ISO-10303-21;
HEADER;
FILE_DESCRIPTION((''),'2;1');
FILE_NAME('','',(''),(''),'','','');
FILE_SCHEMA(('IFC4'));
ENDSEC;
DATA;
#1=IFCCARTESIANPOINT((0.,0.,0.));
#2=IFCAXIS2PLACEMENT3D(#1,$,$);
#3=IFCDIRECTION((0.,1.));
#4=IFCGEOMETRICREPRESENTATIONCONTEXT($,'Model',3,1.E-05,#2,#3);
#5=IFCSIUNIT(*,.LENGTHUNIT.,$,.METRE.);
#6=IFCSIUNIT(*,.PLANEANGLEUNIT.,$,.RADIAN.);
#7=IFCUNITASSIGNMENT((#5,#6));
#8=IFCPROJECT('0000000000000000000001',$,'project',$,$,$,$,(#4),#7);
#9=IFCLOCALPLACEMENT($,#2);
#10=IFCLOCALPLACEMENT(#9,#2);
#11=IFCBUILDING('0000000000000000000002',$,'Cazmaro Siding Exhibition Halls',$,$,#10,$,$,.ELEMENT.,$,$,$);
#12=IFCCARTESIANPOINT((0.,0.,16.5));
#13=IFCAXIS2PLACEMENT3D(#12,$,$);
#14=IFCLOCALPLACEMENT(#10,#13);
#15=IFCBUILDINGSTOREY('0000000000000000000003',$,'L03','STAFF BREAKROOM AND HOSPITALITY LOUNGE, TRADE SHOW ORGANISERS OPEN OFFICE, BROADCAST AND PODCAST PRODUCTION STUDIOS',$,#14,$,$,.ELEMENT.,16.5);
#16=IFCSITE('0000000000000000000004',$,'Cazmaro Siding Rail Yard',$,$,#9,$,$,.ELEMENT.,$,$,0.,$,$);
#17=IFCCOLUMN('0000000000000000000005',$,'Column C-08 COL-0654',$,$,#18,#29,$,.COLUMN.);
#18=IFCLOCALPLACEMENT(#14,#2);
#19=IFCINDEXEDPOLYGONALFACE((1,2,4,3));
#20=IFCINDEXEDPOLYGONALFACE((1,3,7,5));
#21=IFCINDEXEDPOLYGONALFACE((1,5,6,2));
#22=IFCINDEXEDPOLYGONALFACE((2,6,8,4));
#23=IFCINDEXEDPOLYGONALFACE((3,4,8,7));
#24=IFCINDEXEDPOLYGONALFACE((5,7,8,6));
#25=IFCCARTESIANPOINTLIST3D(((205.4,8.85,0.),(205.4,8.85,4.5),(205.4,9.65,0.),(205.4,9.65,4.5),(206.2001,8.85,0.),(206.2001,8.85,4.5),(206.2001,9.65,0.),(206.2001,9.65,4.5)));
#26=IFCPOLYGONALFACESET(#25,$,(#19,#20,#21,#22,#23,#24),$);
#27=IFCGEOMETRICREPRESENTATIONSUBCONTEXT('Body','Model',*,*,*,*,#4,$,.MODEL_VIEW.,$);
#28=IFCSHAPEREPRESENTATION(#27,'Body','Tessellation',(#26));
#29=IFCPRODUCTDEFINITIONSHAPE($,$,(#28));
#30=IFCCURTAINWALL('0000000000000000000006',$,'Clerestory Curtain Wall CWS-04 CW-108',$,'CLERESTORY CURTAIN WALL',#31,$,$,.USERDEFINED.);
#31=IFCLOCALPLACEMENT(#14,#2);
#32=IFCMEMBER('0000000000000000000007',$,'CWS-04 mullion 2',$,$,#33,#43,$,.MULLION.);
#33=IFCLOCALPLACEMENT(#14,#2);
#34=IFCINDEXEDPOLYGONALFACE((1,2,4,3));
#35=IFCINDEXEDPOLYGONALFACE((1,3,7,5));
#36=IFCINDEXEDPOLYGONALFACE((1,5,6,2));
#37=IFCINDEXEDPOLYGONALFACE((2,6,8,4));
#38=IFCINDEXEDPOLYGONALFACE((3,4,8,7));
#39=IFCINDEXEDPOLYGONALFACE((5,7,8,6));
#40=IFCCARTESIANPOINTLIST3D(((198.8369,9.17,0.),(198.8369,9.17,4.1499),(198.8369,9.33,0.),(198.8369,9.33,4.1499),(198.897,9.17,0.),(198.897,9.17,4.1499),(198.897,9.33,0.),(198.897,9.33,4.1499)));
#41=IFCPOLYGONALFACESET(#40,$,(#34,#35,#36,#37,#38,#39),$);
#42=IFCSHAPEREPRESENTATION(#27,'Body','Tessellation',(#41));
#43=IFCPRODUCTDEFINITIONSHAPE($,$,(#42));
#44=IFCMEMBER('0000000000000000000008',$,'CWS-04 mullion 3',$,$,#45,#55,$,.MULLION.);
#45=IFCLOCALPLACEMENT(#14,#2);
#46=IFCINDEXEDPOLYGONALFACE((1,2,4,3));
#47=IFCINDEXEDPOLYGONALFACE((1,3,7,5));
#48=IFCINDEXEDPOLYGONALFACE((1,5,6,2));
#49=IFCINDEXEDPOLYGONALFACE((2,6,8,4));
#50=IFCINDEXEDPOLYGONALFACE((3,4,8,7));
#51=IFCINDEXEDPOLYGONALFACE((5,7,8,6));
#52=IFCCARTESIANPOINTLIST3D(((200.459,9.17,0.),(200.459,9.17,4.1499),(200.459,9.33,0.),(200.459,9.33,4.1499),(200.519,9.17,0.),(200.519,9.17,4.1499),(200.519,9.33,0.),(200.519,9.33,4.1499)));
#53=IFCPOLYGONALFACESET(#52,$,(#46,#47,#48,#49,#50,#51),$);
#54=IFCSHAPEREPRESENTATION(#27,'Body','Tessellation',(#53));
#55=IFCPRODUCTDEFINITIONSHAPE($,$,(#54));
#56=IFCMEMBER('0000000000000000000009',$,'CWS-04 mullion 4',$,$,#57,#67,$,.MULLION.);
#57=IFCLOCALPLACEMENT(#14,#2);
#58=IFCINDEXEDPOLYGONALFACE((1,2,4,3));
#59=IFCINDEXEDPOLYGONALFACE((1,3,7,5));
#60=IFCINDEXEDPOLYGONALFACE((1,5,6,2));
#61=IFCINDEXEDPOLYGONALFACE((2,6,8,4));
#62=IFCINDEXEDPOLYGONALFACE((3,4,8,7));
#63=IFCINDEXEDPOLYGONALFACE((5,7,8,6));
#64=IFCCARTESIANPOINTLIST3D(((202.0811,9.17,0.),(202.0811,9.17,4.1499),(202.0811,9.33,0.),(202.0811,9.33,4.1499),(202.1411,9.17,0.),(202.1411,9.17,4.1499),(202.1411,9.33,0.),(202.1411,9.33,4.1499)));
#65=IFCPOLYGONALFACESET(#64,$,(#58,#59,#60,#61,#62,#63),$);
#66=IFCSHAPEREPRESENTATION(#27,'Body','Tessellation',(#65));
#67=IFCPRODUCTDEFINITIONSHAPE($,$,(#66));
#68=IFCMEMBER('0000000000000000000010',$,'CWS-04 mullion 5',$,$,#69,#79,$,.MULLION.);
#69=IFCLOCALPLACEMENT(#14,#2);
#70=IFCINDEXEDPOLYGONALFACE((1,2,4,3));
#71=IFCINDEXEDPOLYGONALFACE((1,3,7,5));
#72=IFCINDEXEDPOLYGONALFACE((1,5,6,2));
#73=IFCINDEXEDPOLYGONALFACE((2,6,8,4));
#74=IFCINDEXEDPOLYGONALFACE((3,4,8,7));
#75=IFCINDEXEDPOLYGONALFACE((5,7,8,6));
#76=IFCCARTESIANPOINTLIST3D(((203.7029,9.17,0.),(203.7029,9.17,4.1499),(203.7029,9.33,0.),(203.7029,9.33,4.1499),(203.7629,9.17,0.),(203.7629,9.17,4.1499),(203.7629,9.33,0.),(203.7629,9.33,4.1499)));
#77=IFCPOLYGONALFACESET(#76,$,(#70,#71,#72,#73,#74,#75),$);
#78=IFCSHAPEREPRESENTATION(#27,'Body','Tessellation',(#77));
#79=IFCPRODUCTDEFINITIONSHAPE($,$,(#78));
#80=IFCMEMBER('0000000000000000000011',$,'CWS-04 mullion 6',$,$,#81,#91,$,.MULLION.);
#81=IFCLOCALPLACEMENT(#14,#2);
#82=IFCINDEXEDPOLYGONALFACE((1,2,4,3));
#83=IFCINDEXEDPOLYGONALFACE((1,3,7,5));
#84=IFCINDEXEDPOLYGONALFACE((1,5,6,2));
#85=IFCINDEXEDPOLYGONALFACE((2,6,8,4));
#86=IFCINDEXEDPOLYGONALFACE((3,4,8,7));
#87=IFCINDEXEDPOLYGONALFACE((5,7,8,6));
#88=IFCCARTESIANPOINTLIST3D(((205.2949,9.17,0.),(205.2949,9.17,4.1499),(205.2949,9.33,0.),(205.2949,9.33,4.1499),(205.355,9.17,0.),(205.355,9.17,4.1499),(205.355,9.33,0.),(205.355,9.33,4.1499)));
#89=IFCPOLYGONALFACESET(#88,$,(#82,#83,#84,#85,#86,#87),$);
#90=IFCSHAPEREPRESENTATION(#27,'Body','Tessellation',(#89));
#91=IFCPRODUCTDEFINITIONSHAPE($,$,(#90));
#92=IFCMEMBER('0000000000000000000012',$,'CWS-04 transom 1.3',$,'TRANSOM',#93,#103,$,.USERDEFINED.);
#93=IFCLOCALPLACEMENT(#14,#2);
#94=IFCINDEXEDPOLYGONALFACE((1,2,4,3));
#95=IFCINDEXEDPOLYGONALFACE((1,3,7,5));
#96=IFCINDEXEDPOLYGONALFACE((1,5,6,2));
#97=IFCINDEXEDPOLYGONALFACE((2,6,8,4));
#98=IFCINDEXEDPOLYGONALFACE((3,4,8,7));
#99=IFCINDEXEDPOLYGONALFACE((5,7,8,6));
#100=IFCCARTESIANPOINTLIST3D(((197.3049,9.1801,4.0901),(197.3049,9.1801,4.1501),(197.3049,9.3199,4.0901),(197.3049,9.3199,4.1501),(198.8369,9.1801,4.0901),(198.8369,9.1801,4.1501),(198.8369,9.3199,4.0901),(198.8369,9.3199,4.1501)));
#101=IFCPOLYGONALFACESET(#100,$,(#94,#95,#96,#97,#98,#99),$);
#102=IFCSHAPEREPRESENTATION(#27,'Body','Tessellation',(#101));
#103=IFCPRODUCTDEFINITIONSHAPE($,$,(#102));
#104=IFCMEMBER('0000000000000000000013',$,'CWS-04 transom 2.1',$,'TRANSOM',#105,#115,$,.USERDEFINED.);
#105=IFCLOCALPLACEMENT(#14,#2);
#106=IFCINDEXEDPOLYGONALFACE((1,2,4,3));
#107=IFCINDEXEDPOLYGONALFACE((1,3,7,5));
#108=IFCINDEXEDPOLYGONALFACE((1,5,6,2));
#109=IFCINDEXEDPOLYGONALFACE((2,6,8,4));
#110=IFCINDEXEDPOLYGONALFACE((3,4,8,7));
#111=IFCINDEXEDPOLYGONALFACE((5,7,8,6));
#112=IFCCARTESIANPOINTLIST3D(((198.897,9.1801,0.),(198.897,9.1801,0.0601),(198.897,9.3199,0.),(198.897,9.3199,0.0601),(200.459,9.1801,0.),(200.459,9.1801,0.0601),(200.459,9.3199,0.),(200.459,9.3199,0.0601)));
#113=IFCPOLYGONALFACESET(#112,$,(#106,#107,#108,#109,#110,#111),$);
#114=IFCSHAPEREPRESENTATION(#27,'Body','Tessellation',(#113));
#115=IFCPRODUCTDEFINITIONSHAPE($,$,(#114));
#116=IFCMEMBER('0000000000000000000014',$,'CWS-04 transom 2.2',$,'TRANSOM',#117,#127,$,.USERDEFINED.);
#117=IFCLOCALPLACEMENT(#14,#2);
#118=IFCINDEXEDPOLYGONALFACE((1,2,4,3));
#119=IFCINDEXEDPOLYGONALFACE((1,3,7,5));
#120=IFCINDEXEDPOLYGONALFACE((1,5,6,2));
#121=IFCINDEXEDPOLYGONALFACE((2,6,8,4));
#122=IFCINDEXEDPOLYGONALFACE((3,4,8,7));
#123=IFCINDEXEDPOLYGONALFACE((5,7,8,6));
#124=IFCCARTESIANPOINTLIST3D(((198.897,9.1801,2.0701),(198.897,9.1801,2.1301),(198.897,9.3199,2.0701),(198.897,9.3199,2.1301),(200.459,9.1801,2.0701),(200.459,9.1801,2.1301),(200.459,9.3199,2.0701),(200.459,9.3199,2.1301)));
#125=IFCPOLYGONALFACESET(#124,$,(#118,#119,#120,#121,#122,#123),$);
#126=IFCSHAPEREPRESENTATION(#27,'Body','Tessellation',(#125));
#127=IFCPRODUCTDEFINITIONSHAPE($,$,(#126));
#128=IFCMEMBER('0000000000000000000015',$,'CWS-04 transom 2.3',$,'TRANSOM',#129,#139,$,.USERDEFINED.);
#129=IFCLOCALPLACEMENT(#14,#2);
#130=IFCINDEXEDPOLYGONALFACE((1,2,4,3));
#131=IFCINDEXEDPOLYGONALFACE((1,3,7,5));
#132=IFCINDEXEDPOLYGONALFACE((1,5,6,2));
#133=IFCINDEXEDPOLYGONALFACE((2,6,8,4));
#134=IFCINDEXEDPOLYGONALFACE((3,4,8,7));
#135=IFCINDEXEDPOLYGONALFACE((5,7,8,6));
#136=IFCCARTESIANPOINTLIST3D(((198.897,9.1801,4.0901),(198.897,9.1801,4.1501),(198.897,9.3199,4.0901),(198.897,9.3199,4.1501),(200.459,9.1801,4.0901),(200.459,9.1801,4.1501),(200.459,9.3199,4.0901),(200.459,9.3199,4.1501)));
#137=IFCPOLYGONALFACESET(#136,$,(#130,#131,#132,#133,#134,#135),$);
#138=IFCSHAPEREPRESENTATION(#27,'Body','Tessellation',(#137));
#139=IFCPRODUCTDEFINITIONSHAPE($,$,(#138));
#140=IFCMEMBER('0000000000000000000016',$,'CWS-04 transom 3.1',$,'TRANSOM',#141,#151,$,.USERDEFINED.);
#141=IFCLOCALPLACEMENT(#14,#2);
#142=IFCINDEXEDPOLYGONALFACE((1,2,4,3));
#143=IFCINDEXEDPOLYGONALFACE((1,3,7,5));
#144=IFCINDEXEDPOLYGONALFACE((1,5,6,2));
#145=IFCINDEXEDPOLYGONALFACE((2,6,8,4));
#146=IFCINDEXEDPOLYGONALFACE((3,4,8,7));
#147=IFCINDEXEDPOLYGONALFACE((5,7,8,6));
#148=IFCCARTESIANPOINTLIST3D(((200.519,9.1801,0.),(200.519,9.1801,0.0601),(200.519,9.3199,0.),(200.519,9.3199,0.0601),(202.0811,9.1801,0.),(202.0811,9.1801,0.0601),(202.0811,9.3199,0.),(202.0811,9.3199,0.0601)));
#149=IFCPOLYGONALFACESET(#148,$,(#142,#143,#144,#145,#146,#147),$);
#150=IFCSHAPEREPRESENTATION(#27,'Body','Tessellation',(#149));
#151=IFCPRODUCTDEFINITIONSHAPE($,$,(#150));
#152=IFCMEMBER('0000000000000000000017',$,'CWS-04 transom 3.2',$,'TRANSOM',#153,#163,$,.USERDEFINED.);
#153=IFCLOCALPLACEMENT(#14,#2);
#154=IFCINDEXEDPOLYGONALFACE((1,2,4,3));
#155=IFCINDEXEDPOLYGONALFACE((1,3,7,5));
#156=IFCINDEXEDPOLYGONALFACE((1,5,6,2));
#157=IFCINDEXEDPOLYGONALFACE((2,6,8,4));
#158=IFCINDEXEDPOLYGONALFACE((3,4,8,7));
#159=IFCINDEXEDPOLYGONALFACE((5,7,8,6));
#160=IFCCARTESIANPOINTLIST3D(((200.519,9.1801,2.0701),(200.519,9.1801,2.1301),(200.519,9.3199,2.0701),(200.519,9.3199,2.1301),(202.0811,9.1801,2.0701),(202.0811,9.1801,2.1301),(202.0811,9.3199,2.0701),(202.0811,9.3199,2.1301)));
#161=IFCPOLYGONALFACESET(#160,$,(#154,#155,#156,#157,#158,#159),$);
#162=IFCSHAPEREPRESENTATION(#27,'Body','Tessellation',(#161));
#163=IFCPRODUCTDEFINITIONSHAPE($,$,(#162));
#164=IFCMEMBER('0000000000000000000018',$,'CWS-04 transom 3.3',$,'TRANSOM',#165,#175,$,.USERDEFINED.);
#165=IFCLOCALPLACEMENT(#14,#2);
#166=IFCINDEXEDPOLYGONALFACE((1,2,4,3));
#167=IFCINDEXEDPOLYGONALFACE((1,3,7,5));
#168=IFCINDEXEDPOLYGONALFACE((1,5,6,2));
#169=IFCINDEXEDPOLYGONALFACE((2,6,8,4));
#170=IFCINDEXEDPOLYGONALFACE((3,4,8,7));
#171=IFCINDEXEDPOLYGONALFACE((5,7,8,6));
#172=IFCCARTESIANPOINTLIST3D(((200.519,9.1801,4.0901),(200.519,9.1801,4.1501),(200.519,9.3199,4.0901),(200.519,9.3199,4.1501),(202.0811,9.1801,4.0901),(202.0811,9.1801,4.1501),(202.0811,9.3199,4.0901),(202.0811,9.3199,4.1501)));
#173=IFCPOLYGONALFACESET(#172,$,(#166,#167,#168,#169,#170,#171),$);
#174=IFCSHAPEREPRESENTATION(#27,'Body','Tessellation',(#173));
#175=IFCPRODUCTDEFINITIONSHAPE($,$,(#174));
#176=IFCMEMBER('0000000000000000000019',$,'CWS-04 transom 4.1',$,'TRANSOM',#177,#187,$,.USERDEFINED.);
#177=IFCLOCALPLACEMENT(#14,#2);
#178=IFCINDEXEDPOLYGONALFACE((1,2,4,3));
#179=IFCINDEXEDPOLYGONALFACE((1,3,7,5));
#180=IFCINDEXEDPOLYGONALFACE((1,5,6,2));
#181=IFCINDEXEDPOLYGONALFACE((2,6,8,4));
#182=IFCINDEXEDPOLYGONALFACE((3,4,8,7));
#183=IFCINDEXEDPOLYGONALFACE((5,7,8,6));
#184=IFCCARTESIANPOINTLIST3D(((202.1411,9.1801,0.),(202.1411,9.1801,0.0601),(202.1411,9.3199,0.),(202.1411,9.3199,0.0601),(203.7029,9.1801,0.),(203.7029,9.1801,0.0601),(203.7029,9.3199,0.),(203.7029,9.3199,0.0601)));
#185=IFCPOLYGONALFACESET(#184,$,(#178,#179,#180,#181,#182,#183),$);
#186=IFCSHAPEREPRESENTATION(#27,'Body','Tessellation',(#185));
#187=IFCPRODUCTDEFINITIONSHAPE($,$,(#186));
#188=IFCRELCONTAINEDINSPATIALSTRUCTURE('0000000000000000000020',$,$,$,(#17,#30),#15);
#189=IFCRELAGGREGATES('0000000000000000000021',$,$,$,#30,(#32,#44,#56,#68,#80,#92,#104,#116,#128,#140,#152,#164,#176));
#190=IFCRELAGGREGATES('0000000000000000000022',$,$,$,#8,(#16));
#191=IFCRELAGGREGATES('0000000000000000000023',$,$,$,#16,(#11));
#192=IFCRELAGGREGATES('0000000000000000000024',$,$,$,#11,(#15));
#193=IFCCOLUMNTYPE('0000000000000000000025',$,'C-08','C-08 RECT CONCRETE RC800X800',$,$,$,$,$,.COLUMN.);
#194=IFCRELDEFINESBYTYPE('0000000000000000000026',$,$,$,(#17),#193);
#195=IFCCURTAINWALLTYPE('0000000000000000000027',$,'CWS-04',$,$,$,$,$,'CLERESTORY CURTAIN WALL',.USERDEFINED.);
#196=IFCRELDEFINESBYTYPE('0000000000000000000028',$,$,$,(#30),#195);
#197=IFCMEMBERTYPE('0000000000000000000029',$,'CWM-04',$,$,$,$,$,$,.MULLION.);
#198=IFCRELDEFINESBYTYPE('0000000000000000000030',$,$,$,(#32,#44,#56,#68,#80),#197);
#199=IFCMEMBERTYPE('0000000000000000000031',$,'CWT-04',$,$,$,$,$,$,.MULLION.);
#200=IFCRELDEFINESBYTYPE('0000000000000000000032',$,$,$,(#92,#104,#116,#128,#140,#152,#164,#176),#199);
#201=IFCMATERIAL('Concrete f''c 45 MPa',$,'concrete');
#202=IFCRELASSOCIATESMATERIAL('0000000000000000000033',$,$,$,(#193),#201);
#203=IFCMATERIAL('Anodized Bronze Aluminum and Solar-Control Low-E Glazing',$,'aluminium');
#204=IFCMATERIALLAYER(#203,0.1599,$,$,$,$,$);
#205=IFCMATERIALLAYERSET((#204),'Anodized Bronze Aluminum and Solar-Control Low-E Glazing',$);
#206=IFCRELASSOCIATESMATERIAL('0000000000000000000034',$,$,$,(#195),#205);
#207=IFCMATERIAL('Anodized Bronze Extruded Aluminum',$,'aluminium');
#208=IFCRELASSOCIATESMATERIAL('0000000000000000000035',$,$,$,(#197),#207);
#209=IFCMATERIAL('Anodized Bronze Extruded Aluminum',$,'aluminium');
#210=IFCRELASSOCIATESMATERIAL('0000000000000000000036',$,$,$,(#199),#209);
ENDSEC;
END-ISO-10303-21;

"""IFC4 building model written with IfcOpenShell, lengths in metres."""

from ifc_helpers import new_model, si_unit, direction, frame, origin, origin_2d, place, context, subcontext, project, spatial, rectangle, extrude, material, layer, layer_set, material_profile, profile_set, type_object, element, aggregate, save


model = new_model("IFC4")

# Units and contexts
model_context = context("Model", 3, precision=1e-05, world=origin(), true_north=direction((0.0, 1.0)))
body_context = subcontext(model_context, "Body", "Model", "MODEL_VIEW")
ifc_project = project(units=[si_unit("LENGTHUNIT", "METRE"), si_unit("PLANEANGLEUNIT", "RADIAN")], contexts=[model_context])

# Site, building, storey
site_placement = place(None, origin())
site = spatial("IfcSite", under=ifc_project, at=site_placement, Name="Cazmaro Siding Rail Yard", CompositionType="ELEMENT", RefElevation=0.0)
building_placement = place(site_placement, origin())
building = spatial("IfcBuilding", under=site, at=building_placement, Name="Cazmaro Siding Exhibition Halls", CompositionType="ELEMENT")
storey_placement = place(building_placement, frame((0.0, 0.0, 16.5)))
storey = spatial("IfcBuildingStorey", under=building, at=storey_placement, Name="L03", Description="STAFF BREAKROOM AND HOSPITALITY LOUNGE, TRADE SHOW ORGANISERS OPEN OFFICE, BROADCAST AND PODCAST PRODUCTION STUDIOS", CompositionType="ELEMENT", Elevation=16.5)

# Column
ifc_material_1 = material(Name="Concrete f'c 45 MPa", Category="concrete")
ifc_material_profile_1 = material_profile(ifc_material_1, rectangle(XDim=0.8, YDim=0.8, at=origin_2d()), Name="RC800X800")
ifc_profile_set_1 = profile_set([ifc_material_profile_1], Name="Concrete f'c 45 MPa")
column_type = type_object("IfcColumnType", Name="C-08", Description="C-08 RECT CONCRETE RC800X800", PredefinedType="COLUMN", material=ifc_profile_set_1)
column_placement = place(storey_placement, frame((205.8, 9.25, 0.0), z_axis=(0.0, 0.0, 1.0), x_axis=(1.0, 0.0, 0.0)))
element("IfcColumn", 1, at=column_placement, inside=storey, type_object=column_type, Name="Column C-08 COL-0654", PredefinedType="COLUMN", context=body_context, shape_type="SweptSolid", body=[
    extrude(rectangle(XDim=0.8, YDim=0.8, at=origin_2d()), origin(), (0.0, 0.0, 1.0), 4.5),
])

# Curtain wall, members
ifc_material_2 = material(Name="Anodized Bronze Aluminum and Solar-Control Low-E Glazing", Category="aluminium")
ifc_layer_1 = layer(ifc_material_2, 0.1599)
ifc_layer_set_1 = layer_set([ifc_layer_1], Name="Anodized Bronze Aluminum and Solar-Control Low-E Glazing")
curtain_wall_type = type_object("IfcCurtainWallType", Name="CWS-04", ElementType="CLERESTORY CURTAIN WALL", PredefinedType="USERDEFINED", material=ifc_layer_set_1)
curtain_wall_placement = place(storey_placement, origin())
curtain_wall = element("IfcCurtainWall", 2, at=curtain_wall_placement, inside=storey, type_object=curtain_wall_type, Name="Clerestory Curtain Wall CWS-04 CW-108", ObjectType="CLERESTORY CURTAIN WALL", PredefinedType="USERDEFINED")
ifc_material_3 = material(Name="Anodized Bronze Extruded Aluminum", Category="aluminium")
ifc_material_profile_2 = material_profile(ifc_material_3, rectangle(XDim=0.1599, YDim=0.0601, at=origin_2d()), Name="CWM-04")
ifc_profile_set_2 = profile_set([ifc_material_profile_2], Name="Anodized Bronze Extruded Aluminum")
member_type_1 = type_object("IfcMemberType", Name="CWM-04", PredefinedType="MULLION", material=ifc_profile_set_2)
member_1_placement = place(storey_placement, frame((198.8669, 9.25, 0.0), z_axis=(0.0, 0.0, 1.0), x_axis=(0.0, 1.0, 0.0)))
member_1 = element("IfcMember", 3, at=member_1_placement, type_object=member_type_1, Name="CWS-04 mullion 2", PredefinedType="MULLION", context=body_context, shape_type="SweptSolid", body=[
    extrude(rectangle(XDim=0.1599, YDim=0.0601, at=origin_2d()), origin(), (0.0, 0.0, 1.0), 4.1499),
])
member_2_placement = place(storey_placement, frame((200.489, 9.25, 0.0), z_axis=(0.0, 0.0, 1.0), x_axis=(0.0, 1.0, 0.0)))
member_2 = element("IfcMember", 4, at=member_2_placement, type_object=member_type_1, Name="CWS-04 mullion 3", PredefinedType="MULLION", context=body_context, shape_type="SweptSolid", body=[
    extrude(rectangle(XDim=0.1599, YDim=0.0601, at=origin_2d()), origin(), (0.0, 0.0, 1.0), 4.1499),
])
member_3_placement = place(storey_placement, frame((202.1111, 9.25, 0.0), z_axis=(0.0, 0.0, 1.0), x_axis=(0.0, 1.0, 0.0)))
member_3 = element("IfcMember", 5, at=member_3_placement, type_object=member_type_1, Name="CWS-04 mullion 4", PredefinedType="MULLION", context=body_context, shape_type="SweptSolid", body=[
    extrude(rectangle(XDim=0.1599, YDim=0.0601, at=origin_2d()), origin(), (0.0, 0.0, 1.0), 4.1499),
])
member_4_placement = place(storey_placement, frame((203.7329, 9.25, 0.0), z_axis=(0.0, 0.0, 1.0), x_axis=(0.0, 1.0, 0.0)))
member_4 = element("IfcMember", 6, at=member_4_placement, type_object=member_type_1, Name="CWS-04 mullion 5", PredefinedType="MULLION", context=body_context, shape_type="SweptSolid", body=[
    extrude(rectangle(XDim=0.1599, YDim=0.0601, at=origin_2d()), origin(), (0.0, 0.0, 1.0), 4.1499),
])
member_5_placement = place(storey_placement, frame((205.325, 9.25, 0.0), z_axis=(0.0, 0.0, 1.0), x_axis=(0.0, 1.0, 0.0)))
member_5 = element("IfcMember", 7, at=member_5_placement, type_object=member_type_1, Name="CWS-04 mullion 6", PredefinedType="MULLION", context=body_context, shape_type="SweptSolid", body=[
    extrude(rectangle(XDim=0.1599, YDim=0.0601, at=origin_2d()), origin(), (0.0, 0.0, 1.0), 4.1499),
])
ifc_material_4 = material(Name="Anodized Bronze Extruded Aluminum", Category="aluminium")
ifc_material_profile_3 = material_profile(ifc_material_4, rectangle(XDim=0.1399, YDim=0.0601, at=origin_2d()), Name="CWT-04")
ifc_profile_set_3 = profile_set([ifc_material_profile_3], Name="Anodized Bronze Extruded Aluminum")
member_type_2 = type_object("IfcMemberType", Name="CWT-04", PredefinedType="MULLION", material=ifc_profile_set_3)
member_6_placement = place(storey_placement, frame((197.3049, 9.25, 4.1201), z_axis=(1.0, 0.0, 0.0), x_axis=(0.0, 1.0, 0.0)))
member_6 = element("IfcMember", 8, at=member_6_placement, type_object=member_type_2, Name="CWS-04 transom 1.3", ObjectType="TRANSOM", PredefinedType="USERDEFINED", context=body_context, shape_type="SweptSolid", body=[
    extrude(rectangle(XDim=0.1399, YDim=0.0601, at=origin_2d()), origin(), (0.0, 0.0, 1.0), 1.532),
])
member_7_placement = place(storey_placement, frame((198.897, 9.25, 0.03), z_axis=(1.0, 0.0, 0.0), x_axis=(0.0, 1.0, 0.0)))
member_7 = element("IfcMember", 9, at=member_7_placement, type_object=member_type_2, Name="CWS-04 transom 2.1", ObjectType="TRANSOM", PredefinedType="USERDEFINED", context=body_context, shape_type="SweptSolid", body=[
    extrude(rectangle(XDim=0.1399, YDim=0.0601, at=origin_2d()), origin(), (0.0, 0.0, 1.0), 1.562),
])
member_8_placement = place(storey_placement, frame((198.897, 9.25, 2.1001), z_axis=(1.0, 0.0, 0.0), x_axis=(0.0, 1.0, 0.0)))
member_8 = element("IfcMember", 10, at=member_8_placement, type_object=member_type_2, Name="CWS-04 transom 2.2", ObjectType="TRANSOM", PredefinedType="USERDEFINED", context=body_context, shape_type="SweptSolid", body=[
    extrude(rectangle(XDim=0.1399, YDim=0.0601, at=origin_2d()), origin(), (0.0, 0.0, 1.0), 1.562),
])
member_9_placement = place(storey_placement, frame((198.897, 9.25, 4.1201), z_axis=(1.0, 0.0, 0.0), x_axis=(0.0, 1.0, 0.0)))
member_9 = element("IfcMember", 11, at=member_9_placement, type_object=member_type_2, Name="CWS-04 transom 2.3", ObjectType="TRANSOM", PredefinedType="USERDEFINED", context=body_context, shape_type="SweptSolid", body=[
    extrude(rectangle(XDim=0.1399, YDim=0.0601, at=origin_2d()), origin(), (0.0, 0.0, 1.0), 1.562),
])
member_10_placement = place(storey_placement, frame((200.519, 9.25, 0.03), z_axis=(1.0, 0.0, 0.0), x_axis=(0.0, 1.0, 0.0)))
member_10 = element("IfcMember", 12, at=member_10_placement, type_object=member_type_2, Name="CWS-04 transom 3.1", ObjectType="TRANSOM", PredefinedType="USERDEFINED", context=body_context, shape_type="SweptSolid", body=[
    extrude(rectangle(XDim=0.1399, YDim=0.0601, at=origin_2d()), origin(), (0.0, 0.0, 1.0), 1.562),
])
member_11_placement = place(storey_placement, frame((200.519, 9.25, 2.1001), z_axis=(1.0, 0.0, 0.0), x_axis=(0.0, 1.0, 0.0)))
member_11 = element("IfcMember", 13, at=member_11_placement, type_object=member_type_2, Name="CWS-04 transom 3.2", ObjectType="TRANSOM", PredefinedType="USERDEFINED", context=body_context, shape_type="SweptSolid", body=[
    extrude(rectangle(XDim=0.1399, YDim=0.0601, at=origin_2d()), origin(), (0.0, 0.0, 1.0), 1.562),
])
member_12_placement = place(storey_placement, frame((200.519, 9.25, 4.1201), z_axis=(1.0, 0.0, 0.0), x_axis=(0.0, 1.0, 0.0)))
member_12 = element("IfcMember", 14, at=member_12_placement, type_object=member_type_2, Name="CWS-04 transom 3.3", ObjectType="TRANSOM", PredefinedType="USERDEFINED", context=body_context, shape_type="SweptSolid", body=[
    extrude(rectangle(XDim=0.1399, YDim=0.0601, at=origin_2d()), origin(), (0.0, 0.0, 1.0), 1.562),
])
member_13_placement = place(storey_placement, frame((202.1411, 9.25, 0.03), z_axis=(1.0, 0.0, 0.0), x_axis=(0.0, 1.0, 0.0)))
member_13 = element("IfcMember", 15, at=member_13_placement, type_object=member_type_2, Name="CWS-04 transom 4.1", ObjectType="TRANSOM", PredefinedType="USERDEFINED", context=body_context, shape_type="SweptSolid", body=[
    extrude(rectangle(XDim=0.1399, YDim=0.0601, at=origin_2d()), origin(), (0.0, 0.0, 1.0), 1.5618),
])

aggregate(curtain_wall, [member_1, member_2, member_3, member_4, member_5, member_6, member_7, member_8, member_9, member_10, member_11, member_12, member_13])

save(model, "model.ifc")
